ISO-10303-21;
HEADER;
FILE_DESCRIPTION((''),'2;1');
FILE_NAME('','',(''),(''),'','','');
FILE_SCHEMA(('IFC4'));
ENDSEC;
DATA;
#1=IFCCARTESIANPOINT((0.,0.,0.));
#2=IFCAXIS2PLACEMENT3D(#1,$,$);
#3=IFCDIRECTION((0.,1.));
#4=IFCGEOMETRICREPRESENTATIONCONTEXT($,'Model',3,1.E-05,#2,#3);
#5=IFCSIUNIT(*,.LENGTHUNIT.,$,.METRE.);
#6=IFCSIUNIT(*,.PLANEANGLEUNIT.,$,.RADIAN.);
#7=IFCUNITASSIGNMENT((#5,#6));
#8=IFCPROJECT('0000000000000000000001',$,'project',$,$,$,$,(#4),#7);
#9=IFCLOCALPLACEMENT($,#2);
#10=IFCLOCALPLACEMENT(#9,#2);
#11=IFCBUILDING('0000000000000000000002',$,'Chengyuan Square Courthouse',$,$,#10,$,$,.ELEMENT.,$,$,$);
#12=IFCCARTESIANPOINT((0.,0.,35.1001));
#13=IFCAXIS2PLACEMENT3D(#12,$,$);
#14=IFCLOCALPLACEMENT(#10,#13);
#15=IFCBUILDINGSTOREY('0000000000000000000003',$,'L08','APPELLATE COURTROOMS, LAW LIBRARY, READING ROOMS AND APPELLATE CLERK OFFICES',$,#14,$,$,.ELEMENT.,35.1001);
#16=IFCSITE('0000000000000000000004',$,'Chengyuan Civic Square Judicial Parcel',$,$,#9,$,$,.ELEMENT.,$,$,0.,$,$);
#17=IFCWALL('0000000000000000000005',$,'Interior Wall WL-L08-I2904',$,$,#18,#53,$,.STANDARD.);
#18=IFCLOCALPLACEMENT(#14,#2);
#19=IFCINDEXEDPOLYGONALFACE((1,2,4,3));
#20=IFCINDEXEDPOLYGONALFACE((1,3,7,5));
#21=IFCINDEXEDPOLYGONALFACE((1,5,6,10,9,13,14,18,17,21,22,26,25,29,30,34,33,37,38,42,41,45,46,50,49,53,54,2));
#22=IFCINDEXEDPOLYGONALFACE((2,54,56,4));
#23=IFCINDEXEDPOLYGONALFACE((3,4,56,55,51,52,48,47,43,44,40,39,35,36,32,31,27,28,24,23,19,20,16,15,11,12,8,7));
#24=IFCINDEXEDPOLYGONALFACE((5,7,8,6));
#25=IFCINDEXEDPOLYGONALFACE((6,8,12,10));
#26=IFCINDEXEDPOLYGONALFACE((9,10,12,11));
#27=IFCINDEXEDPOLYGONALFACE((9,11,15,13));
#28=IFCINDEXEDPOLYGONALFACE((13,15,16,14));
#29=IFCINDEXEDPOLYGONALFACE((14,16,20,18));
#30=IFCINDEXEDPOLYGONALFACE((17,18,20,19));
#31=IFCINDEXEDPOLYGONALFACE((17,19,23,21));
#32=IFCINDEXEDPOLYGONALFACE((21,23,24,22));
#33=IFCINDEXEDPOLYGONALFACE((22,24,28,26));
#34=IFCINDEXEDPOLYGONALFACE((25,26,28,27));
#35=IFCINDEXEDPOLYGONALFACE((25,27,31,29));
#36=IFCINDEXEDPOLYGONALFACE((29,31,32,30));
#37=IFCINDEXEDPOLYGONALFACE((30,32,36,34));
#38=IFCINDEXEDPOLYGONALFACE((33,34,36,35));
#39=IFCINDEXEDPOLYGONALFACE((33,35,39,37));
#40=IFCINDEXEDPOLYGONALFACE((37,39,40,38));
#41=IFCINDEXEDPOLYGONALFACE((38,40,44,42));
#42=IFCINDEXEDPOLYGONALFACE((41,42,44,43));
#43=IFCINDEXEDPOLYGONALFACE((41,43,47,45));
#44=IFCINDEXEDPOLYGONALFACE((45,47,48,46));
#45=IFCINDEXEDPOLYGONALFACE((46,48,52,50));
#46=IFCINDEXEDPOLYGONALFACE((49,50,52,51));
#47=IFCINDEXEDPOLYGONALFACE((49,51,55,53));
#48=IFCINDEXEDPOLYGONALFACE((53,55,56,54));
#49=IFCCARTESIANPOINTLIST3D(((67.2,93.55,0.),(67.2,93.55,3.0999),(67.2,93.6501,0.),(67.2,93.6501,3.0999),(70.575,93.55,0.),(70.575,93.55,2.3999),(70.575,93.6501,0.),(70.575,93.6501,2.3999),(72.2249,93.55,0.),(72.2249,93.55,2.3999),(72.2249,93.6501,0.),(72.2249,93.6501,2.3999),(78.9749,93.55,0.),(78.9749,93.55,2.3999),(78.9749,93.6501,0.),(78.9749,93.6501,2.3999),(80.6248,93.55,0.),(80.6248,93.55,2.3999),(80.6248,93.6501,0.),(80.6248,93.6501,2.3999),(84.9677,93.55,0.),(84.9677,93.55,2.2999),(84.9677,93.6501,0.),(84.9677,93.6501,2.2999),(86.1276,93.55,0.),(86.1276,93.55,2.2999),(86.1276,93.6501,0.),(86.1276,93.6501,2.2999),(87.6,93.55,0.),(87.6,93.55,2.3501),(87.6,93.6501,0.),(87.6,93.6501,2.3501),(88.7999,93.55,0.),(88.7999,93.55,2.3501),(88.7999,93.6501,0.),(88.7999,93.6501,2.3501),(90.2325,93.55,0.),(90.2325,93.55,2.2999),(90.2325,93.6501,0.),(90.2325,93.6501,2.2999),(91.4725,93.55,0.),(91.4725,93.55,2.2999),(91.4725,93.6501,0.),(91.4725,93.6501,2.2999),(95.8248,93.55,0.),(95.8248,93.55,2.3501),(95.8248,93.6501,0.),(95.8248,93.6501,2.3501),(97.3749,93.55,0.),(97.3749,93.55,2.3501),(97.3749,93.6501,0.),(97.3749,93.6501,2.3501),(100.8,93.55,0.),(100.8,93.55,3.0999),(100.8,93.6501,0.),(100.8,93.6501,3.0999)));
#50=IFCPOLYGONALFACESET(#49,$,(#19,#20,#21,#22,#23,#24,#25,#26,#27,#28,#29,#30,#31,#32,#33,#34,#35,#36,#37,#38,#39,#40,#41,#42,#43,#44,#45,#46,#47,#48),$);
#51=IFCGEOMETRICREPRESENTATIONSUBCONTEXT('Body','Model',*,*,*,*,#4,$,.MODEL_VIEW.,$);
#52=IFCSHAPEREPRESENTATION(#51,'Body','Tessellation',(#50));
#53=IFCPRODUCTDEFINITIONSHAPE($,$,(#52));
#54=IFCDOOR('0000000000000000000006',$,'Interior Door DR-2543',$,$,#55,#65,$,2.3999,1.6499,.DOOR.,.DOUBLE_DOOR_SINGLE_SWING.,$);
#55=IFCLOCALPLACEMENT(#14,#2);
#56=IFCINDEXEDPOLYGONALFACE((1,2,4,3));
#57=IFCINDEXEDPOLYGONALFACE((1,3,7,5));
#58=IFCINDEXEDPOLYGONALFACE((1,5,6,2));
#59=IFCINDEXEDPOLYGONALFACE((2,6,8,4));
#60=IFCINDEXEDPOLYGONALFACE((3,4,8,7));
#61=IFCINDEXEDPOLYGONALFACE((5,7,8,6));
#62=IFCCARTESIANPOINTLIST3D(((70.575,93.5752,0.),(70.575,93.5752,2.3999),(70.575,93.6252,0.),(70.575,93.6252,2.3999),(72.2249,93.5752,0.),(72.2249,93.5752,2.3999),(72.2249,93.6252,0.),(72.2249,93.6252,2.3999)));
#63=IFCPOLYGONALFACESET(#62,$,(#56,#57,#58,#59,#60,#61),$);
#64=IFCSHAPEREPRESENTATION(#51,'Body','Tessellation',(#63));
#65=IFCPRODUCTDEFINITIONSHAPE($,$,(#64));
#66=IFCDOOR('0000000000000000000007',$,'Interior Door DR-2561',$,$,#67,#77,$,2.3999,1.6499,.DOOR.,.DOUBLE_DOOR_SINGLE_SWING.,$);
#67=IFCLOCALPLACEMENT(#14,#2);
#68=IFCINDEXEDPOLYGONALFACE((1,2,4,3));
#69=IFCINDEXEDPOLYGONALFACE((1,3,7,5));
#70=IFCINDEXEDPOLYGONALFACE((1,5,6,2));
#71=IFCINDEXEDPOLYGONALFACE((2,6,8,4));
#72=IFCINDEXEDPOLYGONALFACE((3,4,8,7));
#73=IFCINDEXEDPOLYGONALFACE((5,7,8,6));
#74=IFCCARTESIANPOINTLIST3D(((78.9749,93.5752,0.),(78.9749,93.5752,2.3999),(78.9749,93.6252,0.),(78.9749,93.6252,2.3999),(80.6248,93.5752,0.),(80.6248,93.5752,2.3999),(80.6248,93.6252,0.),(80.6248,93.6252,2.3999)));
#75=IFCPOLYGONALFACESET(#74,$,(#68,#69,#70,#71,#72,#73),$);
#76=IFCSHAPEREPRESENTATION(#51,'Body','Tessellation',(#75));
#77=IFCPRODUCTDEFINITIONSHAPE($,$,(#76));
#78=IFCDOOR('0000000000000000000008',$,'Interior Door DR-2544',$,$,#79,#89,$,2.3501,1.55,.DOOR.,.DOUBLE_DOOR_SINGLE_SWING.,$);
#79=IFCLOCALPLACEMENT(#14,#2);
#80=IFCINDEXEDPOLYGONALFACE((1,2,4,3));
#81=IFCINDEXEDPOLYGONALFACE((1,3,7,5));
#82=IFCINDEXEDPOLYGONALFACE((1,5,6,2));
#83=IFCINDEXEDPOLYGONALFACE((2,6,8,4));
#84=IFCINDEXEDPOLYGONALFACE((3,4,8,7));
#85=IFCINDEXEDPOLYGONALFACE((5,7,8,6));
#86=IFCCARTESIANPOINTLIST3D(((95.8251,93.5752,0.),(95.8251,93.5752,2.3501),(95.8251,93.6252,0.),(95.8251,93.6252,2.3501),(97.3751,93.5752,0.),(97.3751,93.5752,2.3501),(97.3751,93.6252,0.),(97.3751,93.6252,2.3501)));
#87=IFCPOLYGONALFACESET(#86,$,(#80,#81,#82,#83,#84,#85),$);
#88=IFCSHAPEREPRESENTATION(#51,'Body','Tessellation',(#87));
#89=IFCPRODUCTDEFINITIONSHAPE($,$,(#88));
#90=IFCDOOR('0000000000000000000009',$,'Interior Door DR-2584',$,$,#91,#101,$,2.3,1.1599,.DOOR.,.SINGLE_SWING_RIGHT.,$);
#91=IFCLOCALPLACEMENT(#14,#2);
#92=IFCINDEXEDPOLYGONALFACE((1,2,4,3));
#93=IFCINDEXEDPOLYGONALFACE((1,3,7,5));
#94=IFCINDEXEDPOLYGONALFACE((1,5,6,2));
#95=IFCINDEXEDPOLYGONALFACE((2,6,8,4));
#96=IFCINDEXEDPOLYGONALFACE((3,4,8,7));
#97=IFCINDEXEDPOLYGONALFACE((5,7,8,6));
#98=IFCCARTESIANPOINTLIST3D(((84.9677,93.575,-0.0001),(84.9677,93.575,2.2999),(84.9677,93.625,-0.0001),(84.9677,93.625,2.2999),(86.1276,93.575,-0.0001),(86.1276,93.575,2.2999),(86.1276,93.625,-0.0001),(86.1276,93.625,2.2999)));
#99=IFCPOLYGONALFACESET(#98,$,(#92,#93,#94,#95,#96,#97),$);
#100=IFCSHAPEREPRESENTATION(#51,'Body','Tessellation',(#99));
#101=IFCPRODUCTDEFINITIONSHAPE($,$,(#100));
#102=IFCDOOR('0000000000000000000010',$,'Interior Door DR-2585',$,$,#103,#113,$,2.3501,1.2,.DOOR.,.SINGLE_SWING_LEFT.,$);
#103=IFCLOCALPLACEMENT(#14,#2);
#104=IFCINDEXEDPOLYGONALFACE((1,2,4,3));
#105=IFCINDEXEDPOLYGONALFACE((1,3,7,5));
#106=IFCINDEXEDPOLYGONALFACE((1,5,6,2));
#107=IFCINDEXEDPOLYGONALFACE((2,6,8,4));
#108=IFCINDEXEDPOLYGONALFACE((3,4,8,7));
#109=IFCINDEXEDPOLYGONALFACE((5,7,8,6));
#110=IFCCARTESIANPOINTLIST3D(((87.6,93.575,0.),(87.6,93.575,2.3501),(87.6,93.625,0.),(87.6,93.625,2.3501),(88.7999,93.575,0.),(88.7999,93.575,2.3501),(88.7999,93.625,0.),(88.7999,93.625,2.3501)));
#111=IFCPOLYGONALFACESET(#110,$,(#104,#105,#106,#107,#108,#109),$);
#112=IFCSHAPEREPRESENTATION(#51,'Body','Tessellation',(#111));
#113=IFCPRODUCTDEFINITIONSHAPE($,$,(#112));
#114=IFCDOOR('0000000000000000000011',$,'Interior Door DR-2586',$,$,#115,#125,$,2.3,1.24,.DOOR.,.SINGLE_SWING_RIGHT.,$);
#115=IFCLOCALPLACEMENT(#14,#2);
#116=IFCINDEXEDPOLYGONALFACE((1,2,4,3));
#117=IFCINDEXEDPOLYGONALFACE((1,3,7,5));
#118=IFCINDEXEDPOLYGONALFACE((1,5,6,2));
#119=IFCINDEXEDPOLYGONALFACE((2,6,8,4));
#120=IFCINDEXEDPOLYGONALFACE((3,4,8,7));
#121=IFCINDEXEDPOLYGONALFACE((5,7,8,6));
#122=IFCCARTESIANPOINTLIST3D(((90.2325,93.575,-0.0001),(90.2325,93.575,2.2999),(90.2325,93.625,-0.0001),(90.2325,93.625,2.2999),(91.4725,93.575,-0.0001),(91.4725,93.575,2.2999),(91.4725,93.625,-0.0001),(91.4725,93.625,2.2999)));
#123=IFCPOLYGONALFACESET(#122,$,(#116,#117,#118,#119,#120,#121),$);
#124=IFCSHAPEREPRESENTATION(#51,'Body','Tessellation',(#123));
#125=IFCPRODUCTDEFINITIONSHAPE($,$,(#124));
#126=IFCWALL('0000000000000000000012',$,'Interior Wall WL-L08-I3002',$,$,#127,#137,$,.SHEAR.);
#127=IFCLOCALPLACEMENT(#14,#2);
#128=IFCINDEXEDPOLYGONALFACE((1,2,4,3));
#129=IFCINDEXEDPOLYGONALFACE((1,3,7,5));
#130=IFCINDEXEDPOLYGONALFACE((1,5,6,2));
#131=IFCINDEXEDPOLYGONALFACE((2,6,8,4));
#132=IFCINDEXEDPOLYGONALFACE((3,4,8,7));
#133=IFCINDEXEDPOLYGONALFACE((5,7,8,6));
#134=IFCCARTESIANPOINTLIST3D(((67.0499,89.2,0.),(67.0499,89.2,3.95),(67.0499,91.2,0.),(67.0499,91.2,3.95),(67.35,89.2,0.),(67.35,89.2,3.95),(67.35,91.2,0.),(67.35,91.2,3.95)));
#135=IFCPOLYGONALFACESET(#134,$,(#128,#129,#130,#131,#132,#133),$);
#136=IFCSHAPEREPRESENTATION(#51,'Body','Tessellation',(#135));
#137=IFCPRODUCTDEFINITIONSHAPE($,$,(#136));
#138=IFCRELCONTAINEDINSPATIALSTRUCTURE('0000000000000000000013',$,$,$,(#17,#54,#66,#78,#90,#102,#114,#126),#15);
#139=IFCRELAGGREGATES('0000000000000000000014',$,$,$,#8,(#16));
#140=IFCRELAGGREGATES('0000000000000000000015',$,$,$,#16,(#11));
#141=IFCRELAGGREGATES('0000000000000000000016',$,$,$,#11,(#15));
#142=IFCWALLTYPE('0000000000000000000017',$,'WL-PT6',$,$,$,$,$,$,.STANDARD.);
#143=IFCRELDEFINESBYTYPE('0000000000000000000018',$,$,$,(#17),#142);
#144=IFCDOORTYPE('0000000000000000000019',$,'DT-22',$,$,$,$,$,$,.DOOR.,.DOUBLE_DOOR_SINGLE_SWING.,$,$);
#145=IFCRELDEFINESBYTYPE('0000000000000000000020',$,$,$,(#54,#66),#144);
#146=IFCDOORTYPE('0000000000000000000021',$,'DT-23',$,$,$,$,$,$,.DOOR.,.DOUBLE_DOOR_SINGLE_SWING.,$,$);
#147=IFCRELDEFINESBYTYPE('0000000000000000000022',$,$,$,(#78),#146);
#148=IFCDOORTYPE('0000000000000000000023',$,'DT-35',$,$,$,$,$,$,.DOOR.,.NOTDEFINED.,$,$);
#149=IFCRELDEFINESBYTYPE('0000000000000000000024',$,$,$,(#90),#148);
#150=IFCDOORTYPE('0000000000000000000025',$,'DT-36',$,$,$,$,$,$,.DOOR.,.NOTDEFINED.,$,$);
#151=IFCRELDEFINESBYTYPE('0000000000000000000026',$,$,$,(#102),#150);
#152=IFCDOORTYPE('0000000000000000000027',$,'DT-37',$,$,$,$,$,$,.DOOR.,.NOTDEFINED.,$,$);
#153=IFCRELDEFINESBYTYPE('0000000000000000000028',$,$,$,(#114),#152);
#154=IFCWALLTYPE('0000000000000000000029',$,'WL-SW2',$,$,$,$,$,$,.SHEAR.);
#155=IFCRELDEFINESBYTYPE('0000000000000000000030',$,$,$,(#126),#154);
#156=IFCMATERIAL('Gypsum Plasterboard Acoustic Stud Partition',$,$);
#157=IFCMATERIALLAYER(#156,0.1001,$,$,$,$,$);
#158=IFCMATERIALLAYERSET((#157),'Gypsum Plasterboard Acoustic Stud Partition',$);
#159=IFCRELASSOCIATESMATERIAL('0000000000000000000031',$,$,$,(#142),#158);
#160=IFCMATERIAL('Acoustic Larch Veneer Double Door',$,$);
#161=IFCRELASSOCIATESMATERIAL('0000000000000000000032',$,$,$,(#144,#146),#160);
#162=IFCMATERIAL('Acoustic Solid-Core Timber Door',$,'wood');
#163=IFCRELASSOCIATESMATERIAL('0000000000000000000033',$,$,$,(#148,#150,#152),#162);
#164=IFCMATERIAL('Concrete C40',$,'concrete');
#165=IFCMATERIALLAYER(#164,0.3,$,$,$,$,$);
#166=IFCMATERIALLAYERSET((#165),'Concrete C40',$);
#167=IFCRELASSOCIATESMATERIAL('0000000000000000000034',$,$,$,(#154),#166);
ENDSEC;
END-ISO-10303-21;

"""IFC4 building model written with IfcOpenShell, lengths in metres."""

from ifc_helpers import new_model, si_unit, direction, frame, frame_2d, origin, place, context, subcontext, project, spatial, rectangle, extrude, material, layer, layer_set, type_object, element, fill, save


model = new_model("IFC4")

# Units and contexts
model_context = context("Model", 3, precision=1e-05, world=origin(), true_north=direction((0.0, 1.0)))
body_context = subcontext(model_context, "Body", "Model", "MODEL_VIEW")
ifc_project = project(units=[si_unit("LENGTHUNIT", "METRE"), si_unit("PLANEANGLEUNIT", "RADIAN")], contexts=[model_context])

# Site, building, storey
site_placement = place(None, origin())
site = spatial("IfcSite", under=ifc_project, at=site_placement, Name="Chengyuan Civic Square Judicial Parcel", CompositionType="ELEMENT", RefElevation=0.0)
building_placement = place(site_placement, origin())
building = spatial("IfcBuilding", under=site, at=building_placement, Name="Chengyuan Square Courthouse", CompositionType="ELEMENT")
storey_placement = place(building_placement, frame((0.0, 0.0, 35.1001)))
storey = spatial("IfcBuildingStorey", under=building, at=storey_placement, Name="L08", Description="APPELLATE COURTROOMS, LAW LIBRARY, READING ROOMS AND APPELLATE CLERK OFFICES", CompositionType="ELEMENT", Elevation=35.1001)

# Shared definitions
ifc_material_1 = material(Name="Concrete C40", Category="concrete")

# Wall, openings, doors
ifc_material_2 = material(Name="Gypsum Plasterboard Acoustic Stud Partition")
ifc_layer_1 = layer(ifc_material_2, 0.1001)
ifc_layer_set_1 = layer_set([ifc_layer_1], Name="Gypsum Plasterboard Acoustic Stud Partition")
wall_type_1 = type_object("IfcWallType", Name="WL-PT6", PredefinedType="STANDARD", material=ifc_layer_set_1)
wall_1_placement = place(storey_placement, frame((67.2, 93.6001, 0.0), z_axis=(0.0, 0.0, 1.0), x_axis=(1.0, 0.0, 0.0)))
wall_1 = element("IfcWall", 1, at=wall_1_placement, inside=storey, type_object=wall_type_1, Name="Interior Wall WL-L08-I2904", PredefinedType="STANDARD", context=body_context, shape_type="SweptSolid", body=[
    extrude(rectangle(XDim=33.6001, YDim=0.1001, at=frame_2d((16.8, 0.0))), origin(), (0.0, 0.0, 1.0), 3.0999),
])
opening_1_placement = place(wall_1_placement, frame((3.375, 0.0, 0.0)))
opening_1 = element("IfcOpeningElement", 2, at=opening_1_placement, cuts=wall_1, PredefinedType="OPENING", context=body_context, shape_type="SweptSolid", body=[
    extrude(rectangle(XDim=1.6499, YDim=2.3999, at=frame_2d((0.825, 1.2))), frame((0.0, 0.062, 0.0), z_axis=(0.0, -1.0, 0.0), x_axis=(1.0, 0.0, 0.0)), (0.0, 0.0, 1.0), 0.124),
])
opening_2_placement = place(wall_1_placement, frame((28.625, 0.0, 0.0)))
opening_2 = element("IfcOpeningElement", 3, at=opening_2_placement, cuts=wall_1, PredefinedType="OPENING", context=body_context, shape_type="SweptSolid", body=[
    extrude(rectangle(XDim=1.55, YDim=2.3501, at=frame_2d((0.7749, 1.175))), frame((0.0, 0.062, 0.0), z_axis=(0.0, -1.0, 0.0), x_axis=(1.0, 0.0, 0.0)), (0.0, 0.0, 1.0), 0.124),
])
opening_3_placement = place(wall_1_placement, frame((11.7749, 0.0, 0.0)))
opening_3 = element("IfcOpeningElement", 4, at=opening_3_placement, cuts=wall_1, PredefinedType="OPENING", context=body_context, shape_type="SweptSolid", body=[
    extrude(rectangle(XDim=1.6499, YDim=2.3999, at=frame_2d((0.825, 1.2))), frame((0.0, 0.062, 0.0), z_axis=(0.0, -1.0, 0.0), x_axis=(1.0, 0.0, 0.0)), (0.0, 0.0, 1.0), 0.124),
])
opening_4_placement = place(wall_1_placement, frame((17.7676, 0.0, 0.0)))
opening_4 = element("IfcOpeningElement", 5, at=opening_4_placement, cuts=wall_1, PredefinedType="OPENING", context=body_context, shape_type="SweptSolid", body=[
    extrude(rectangle(XDim=1.1599, YDim=2.3, at=frame_2d((0.5801, 1.1499))), frame((0.0, 0.062, 0.0), z_axis=(0.0, -1.0, 0.0), x_axis=(1.0, 0.0, 0.0)), (0.0, 0.0, 1.0), 0.124),
])
opening_5_placement = place(wall_1_placement, frame((20.3999, 0.0, 0.0)))
opening_5 = element("IfcOpeningElement", 6, at=opening_5_placement, cuts=wall_1, PredefinedType="OPENING", context=body_context, shape_type="SweptSolid", body=[
    extrude(rectangle(XDim=1.2, YDim=2.3501, at=frame_2d((0.6001, 1.175))), frame((0.0, 0.062, 0.0), z_axis=(0.0, -1.0, 0.0), x_axis=(1.0, 0.0, 0.0)), (0.0, 0.0, 1.0), 0.124),
])
opening_6_placement = place(wall_1_placement, frame((23.0325, 0.0, 0.0)))
opening_6 = element("IfcOpeningElement", 7, at=opening_6_placement, cuts=wall_1, PredefinedType="OPENING", context=body_context, shape_type="SweptSolid", body=[
    extrude(rectangle(XDim=1.24, YDim=2.3, at=frame_2d((0.6201, 1.1499))), frame((0.0, 0.062, 0.0), z_axis=(0.0, -1.0, 0.0), x_axis=(1.0, 0.0, 0.0)), (0.0, 0.0, 1.0), 0.124),
])
ifc_material_3 = material(Name="Acoustic Larch Veneer Double Door")
door_type_1 = type_object("IfcDoorType", Name="DT-22", OperationType="DOUBLE_DOOR_SINGLE_SWING", PredefinedType="DOOR", material=ifc_material_3)
door_1_placement = place(opening_1_placement, frame((1.6499, 0.0, 0.0), z_axis=(0.0, 0.0, 1.0), x_axis=(-1.0, 0.0, 0.0)))
door_1 = element("IfcDoor", 8, at=door_1_placement, inside=storey, type_object=door_type_1, Name="Interior Door DR-2543", OperationType="DOUBLE_DOOR_SINGLE_SWING", OverallHeight=2.3999, OverallWidth=1.6499, PredefinedType="DOOR", context=body_context, shape_type="SweptSolid", body=[
    extrude(rectangle(XDim=1.6499, YDim=2.3999, at=frame_2d((0.825, 1.2))), frame((0.0, 0.0249, 0.0), z_axis=(0.0, -1.0, 0.0), x_axis=(1.0, 0.0, 0.0)), (0.0, 0.0, 1.0), 0.05),
])
fill(opening_1, door_1)
door_2_placement = place(opening_3_placement, frame((1.6499, 0.0, 0.0), z_axis=(0.0, 0.0, 1.0), x_axis=(-1.0, 0.0, 0.0)))
door_2 = element("IfcDoor", 9, at=door_2_placement, inside=storey, type_object=door_type_1, Name="Interior Door DR-2561", OperationType="DOUBLE_DOOR_SINGLE_SWING", OverallHeight=2.3999, OverallWidth=1.6499, PredefinedType="DOOR", context=body_context, shape_type="SweptSolid", body=[
    extrude(rectangle(XDim=1.6499, YDim=2.3999, at=frame_2d((0.825, 1.2))), frame((0.0, 0.0249, 0.0), z_axis=(0.0, -1.0, 0.0), x_axis=(1.0, 0.0, 0.0)), (0.0, 0.0, 1.0), 0.05),
])
fill(opening_3, door_2)
door_type_2 = type_object("IfcDoorType", Name="DT-23", OperationType="DOUBLE_DOOR_SINGLE_SWING", PredefinedType="DOOR", material=ifc_material_3)
door_3_placement = place(opening_2_placement, frame((1.55, 0.0, 0.0), z_axis=(0.0, 0.0, 1.0), x_axis=(-1.0, 0.0, 0.0)))
door_3 = element("IfcDoor", 10, at=door_3_placement, inside=storey, type_object=door_type_2, Name="Interior Door DR-2544", OperationType="DOUBLE_DOOR_SINGLE_SWING", OverallHeight=2.3501, OverallWidth=1.55, PredefinedType="DOOR", context=body_context, shape_type="SweptSolid", body=[
    extrude(rectangle(XDim=1.55, YDim=2.3501, at=frame_2d((0.7749, 1.175))), frame((0.0, 0.0249, 0.0), z_axis=(0.0, -1.0, 0.0), x_axis=(1.0, 0.0, 0.0)), (0.0, 0.0, 1.0), 0.05),
])
fill(opening_2, door_3)
ifc_material_4 = material(Name="Acoustic Solid-Core Timber Door", Category="wood")
door_type_3 = type_object("IfcDoorType", Name="DT-35", OperationType="NOTDEFINED", PredefinedType="DOOR", material=ifc_material_4)
door_4_placement = place(opening_4_placement, origin())
door_4 = element("IfcDoor", 11, at=door_4_placement, inside=storey, type_object=door_type_3, Name="Interior Door DR-2584", OperationType="SINGLE_SWING_RIGHT", OverallHeight=2.3, OverallWidth=1.1599, PredefinedType="DOOR", context=body_context, shape_type="SweptSolid", body=[
    extrude(rectangle(XDim=1.1599, YDim=2.3, at=frame_2d((0.5801, 1.1499))), frame((0.0, 0.0249, 0.0), z_axis=(0.0, -1.0, 0.0), x_axis=(1.0, 0.0, 0.0)), (0.0, 0.0, 1.0), 0.05),
])
fill(opening_4, door_4)
door_type_4 = type_object("IfcDoorType", Name="DT-36", OperationType="NOTDEFINED", PredefinedType="DOOR", material=ifc_material_4)
door_5_placement = place(opening_5_placement, origin())
door_5 = element("IfcDoor", 12, at=door_5_placement, inside=storey, type_object=door_type_4, Name="Interior Door DR-2585", OperationType="SINGLE_SWING_LEFT", OverallHeight=2.3501, OverallWidth=1.2, PredefinedType="DOOR", context=body_context, shape_type="SweptSolid", body=[
    extrude(rectangle(XDim=1.2, YDim=2.3501, at=frame_2d((0.6001, 1.175))), frame((0.0, 0.0249, 0.0), z_axis=(0.0, -1.0, 0.0), x_axis=(1.0, 0.0, 0.0)), (0.0, 0.0, 1.0), 0.05),
])
fill(opening_5, door_5)
door_type_5 = type_object("IfcDoorType", Name="DT-37", OperationType="NOTDEFINED", PredefinedType="DOOR", material=ifc_material_4)
door_6_placement = place(opening_6_placement, origin())
door_6 = element("IfcDoor", 13, at=door_6_placement, inside=storey, type_object=door_type_5, Name="Interior Door DR-2586", OperationType="SINGLE_SWING_RIGHT", OverallHeight=2.3, OverallWidth=1.24, PredefinedType="DOOR", context=body_context, shape_type="SweptSolid", body=[
    extrude(rectangle(XDim=1.24, YDim=2.3, at=frame_2d((0.6201, 1.1499))), frame((0.0, 0.0249, 0.0), z_axis=(0.0, -1.0, 0.0), x_axis=(1.0, 0.0, 0.0)), (0.0, 0.0, 1.0), 0.05),
])
fill(opening_6, door_6)

# Wall
ifc_layer_2 = layer(ifc_material_1, 0.3)
ifc_layer_set_2 = layer_set([ifc_layer_2], Name="Concrete C40")
wall_type_2 = type_object("IfcWallType", Name="WL-SW2", PredefinedType="SHEAR", material=ifc_layer_set_2)
wall_2_placement = place(storey_placement, frame((67.2, 89.2, 0.0), z_axis=(0.0, 0.0, 1.0), x_axis=(0.0, 1.0, 0.0)))
element("IfcWall", 14, at=wall_2_placement, inside=storey, type_object=wall_type_2, Name="Interior Wall WL-L08-I3002", PredefinedType="SHEAR", context=body_context, shape_type="SweptSolid", body=[
    extrude(rectangle(XDim=2.0, YDim=0.3, at=frame_2d((1.0, 0.0))), origin(), (0.0, 0.0, 1.0), 3.95),
])

save(model, "model.ifc")
